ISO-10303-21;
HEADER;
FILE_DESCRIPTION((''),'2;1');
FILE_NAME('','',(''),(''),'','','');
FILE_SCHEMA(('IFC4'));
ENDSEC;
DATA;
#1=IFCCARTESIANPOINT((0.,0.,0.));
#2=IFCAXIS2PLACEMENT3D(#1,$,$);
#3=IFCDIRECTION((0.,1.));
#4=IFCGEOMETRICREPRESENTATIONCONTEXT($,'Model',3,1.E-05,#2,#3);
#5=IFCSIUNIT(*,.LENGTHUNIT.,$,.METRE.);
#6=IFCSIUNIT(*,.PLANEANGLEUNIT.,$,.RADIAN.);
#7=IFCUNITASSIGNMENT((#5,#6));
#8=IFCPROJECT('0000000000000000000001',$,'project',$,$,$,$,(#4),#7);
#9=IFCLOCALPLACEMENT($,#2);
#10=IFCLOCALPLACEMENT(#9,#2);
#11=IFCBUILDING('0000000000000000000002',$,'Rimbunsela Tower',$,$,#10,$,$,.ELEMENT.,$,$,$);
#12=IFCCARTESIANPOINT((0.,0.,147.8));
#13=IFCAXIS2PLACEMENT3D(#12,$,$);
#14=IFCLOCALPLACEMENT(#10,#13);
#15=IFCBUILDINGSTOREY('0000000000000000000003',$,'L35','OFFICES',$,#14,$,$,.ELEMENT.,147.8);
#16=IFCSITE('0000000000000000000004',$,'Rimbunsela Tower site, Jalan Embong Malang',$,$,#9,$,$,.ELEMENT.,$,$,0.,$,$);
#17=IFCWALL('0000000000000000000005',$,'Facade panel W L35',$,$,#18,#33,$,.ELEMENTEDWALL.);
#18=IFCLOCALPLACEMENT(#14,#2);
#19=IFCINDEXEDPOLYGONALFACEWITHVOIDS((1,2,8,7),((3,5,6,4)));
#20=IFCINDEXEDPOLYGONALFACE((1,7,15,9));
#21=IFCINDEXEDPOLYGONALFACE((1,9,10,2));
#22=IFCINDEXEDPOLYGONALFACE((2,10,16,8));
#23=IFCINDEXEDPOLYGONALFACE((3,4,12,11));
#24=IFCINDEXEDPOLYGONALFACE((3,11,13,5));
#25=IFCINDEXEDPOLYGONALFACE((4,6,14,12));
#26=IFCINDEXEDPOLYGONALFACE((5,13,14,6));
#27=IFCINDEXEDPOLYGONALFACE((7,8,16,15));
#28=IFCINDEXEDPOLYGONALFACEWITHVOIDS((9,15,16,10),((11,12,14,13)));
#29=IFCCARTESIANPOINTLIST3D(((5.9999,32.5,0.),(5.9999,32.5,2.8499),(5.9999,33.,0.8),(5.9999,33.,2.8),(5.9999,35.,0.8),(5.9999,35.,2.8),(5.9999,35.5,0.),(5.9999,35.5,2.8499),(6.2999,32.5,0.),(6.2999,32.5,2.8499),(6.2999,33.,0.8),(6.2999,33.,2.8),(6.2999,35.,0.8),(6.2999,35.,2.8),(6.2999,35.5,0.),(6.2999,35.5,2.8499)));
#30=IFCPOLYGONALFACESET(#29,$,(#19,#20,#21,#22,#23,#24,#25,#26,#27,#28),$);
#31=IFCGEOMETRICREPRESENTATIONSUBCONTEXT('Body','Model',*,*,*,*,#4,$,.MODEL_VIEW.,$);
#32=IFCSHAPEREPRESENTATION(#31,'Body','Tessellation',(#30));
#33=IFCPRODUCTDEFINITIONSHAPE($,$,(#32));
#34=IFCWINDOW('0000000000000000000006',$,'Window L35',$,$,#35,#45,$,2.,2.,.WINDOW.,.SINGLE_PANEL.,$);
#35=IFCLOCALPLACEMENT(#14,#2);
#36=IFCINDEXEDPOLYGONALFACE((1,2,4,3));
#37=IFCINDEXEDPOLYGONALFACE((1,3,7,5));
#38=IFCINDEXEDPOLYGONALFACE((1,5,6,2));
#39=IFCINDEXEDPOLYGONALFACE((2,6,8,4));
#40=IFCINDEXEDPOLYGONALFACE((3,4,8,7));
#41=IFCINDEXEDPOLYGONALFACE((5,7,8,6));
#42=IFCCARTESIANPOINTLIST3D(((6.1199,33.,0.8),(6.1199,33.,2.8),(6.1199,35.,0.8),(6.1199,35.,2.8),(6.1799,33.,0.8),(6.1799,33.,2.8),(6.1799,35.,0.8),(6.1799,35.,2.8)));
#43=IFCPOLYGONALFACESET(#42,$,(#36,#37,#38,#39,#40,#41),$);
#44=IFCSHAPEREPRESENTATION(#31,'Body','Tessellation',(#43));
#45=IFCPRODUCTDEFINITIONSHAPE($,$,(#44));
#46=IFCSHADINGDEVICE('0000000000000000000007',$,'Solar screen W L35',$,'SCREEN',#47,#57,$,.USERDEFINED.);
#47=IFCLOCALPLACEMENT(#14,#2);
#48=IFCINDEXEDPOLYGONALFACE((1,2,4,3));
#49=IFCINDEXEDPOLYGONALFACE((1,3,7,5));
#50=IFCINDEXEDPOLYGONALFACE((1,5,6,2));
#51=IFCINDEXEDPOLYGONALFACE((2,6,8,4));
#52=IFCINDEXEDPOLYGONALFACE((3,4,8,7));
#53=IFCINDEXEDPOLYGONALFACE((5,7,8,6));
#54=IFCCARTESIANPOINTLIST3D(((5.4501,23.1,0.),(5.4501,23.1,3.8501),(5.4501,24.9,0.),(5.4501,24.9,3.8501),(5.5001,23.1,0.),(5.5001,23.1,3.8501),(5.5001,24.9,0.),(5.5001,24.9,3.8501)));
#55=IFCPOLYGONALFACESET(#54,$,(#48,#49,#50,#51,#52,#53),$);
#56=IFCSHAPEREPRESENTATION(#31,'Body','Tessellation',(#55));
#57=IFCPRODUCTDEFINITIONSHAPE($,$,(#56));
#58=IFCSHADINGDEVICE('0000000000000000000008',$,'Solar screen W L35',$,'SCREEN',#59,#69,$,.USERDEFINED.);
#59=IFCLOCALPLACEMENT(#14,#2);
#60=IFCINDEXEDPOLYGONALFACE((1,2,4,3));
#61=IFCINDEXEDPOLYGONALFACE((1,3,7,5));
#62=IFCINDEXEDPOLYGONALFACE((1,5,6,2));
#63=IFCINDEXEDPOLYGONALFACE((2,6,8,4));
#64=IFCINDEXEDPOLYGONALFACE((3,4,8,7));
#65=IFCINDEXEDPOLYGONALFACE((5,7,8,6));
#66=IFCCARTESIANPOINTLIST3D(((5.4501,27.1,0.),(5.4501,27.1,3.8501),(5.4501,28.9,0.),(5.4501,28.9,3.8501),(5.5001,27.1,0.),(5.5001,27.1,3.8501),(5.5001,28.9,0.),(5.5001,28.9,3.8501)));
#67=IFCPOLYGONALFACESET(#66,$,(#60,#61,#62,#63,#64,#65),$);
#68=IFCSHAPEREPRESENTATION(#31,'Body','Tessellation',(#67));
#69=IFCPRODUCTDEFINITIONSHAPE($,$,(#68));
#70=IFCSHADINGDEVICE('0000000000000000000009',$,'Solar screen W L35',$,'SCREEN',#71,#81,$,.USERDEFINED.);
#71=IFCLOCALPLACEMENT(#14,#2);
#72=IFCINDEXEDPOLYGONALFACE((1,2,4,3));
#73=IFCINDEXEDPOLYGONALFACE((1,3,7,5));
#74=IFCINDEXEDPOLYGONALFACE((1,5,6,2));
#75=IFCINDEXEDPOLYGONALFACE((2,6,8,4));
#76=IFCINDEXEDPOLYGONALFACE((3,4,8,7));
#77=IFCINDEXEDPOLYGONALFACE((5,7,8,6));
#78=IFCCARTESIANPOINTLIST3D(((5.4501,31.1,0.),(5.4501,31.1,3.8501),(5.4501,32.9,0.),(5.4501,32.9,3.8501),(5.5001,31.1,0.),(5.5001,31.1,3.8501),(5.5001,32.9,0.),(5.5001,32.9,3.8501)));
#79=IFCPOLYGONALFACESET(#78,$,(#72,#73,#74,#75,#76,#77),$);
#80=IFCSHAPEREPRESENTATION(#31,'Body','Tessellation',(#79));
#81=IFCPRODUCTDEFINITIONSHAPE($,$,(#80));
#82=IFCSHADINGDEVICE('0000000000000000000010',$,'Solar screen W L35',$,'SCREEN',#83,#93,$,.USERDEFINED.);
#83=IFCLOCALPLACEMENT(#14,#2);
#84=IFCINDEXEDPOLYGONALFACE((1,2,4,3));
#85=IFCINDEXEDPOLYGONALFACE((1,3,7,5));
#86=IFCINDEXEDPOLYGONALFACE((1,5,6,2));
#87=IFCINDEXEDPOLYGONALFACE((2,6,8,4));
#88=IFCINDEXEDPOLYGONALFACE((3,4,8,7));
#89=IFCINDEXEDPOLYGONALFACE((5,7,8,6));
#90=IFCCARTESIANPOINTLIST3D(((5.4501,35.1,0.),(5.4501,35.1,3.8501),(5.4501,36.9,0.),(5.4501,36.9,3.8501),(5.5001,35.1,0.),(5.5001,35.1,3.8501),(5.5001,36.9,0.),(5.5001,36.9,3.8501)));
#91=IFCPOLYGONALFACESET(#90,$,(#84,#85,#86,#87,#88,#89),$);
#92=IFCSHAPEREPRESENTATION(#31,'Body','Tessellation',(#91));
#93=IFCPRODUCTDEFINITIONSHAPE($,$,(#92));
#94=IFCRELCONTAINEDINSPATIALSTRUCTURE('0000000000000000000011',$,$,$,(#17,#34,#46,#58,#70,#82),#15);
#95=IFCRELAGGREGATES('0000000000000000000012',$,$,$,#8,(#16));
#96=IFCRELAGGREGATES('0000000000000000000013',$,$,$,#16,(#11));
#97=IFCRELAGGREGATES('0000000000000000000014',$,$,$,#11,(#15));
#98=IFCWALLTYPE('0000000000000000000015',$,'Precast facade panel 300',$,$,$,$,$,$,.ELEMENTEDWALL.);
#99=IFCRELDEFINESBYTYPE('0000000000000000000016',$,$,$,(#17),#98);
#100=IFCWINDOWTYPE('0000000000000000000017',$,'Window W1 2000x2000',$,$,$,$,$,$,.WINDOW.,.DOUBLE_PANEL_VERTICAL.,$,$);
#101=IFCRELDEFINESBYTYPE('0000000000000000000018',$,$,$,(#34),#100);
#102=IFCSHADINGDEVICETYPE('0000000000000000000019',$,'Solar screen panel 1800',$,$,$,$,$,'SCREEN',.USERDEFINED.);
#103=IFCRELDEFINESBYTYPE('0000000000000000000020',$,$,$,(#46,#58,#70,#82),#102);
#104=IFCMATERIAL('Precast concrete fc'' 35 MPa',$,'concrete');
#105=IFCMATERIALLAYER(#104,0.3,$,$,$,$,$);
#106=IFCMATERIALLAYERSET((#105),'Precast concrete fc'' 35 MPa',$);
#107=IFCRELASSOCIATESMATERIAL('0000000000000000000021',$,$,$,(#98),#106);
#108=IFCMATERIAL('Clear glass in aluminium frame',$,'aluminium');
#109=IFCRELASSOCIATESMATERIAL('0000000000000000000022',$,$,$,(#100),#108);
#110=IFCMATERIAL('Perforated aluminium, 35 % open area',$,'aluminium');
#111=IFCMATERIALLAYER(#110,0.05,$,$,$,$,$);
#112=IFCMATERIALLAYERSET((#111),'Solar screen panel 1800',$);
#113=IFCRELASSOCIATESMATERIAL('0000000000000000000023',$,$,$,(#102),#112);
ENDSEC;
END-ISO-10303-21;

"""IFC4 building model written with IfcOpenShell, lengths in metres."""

from ifc_helpers import new_model, si_unit, direction, frame, frame_2d, origin, origin_2d, place, context, subcontext, project, spatial, rectangle, extrude, material, layer, layer_set, type_object, element, fill, save


model = new_model("IFC4")

# Units and contexts
model_context = context("Model", 3, precision=1e-05, world=origin(), true_north=direction((0.0, 1.0)))
body_context = subcontext(model_context, "Body", "Model", "MODEL_VIEW")
ifc_project = project(units=[si_unit("LENGTHUNIT", "METRE"), si_unit("PLANEANGLEUNIT", "RADIAN")], contexts=[model_context])

# Site, building, storey
site_placement = place(None, origin())
site = spatial("IfcSite", under=ifc_project, at=site_placement, Name="Rimbunsela Tower site, Jalan Embong Malang", CompositionType="ELEMENT", RefElevation=0.0)
building_placement = place(site_placement, origin())
building = spatial("IfcBuilding", under=site, at=building_placement, Name="Rimbunsela Tower", CompositionType="ELEMENT")
storey_placement = place(building_placement, frame((0.0, 0.0, 147.8)))
storey = spatial("IfcBuildingStorey", under=building, at=storey_placement, Name="L35", Description="OFFICES", CompositionType="ELEMENT", Elevation=147.8)

# Wall, opening, window
ifc_material_1 = material(Name="Precast concrete fc' 35 MPa", Category="concrete")
ifc_layer_1 = layer(ifc_material_1, 0.3)
ifc_layer_set_1 = layer_set([ifc_layer_1], Name="Precast concrete fc' 35 MPa")
wall_type = type_object("IfcWallType", Name="Precast facade panel 300", PredefinedType="ELEMENTEDWALL", material=ifc_layer_set_1)
ifc_material_2 = material(Name="Clear glass in aluminium frame", Category="aluminium")
window_type = type_object("IfcWindowType", Name="Window W1 2000x2000", PartitioningType="DOUBLE_PANEL_VERTICAL", PredefinedType="WINDOW", material=ifc_material_2)
wall_1_placement = place(storey_placement, frame((6.1499, 35.5, 0.0), z_axis=(0.0, 0.0, 1.0), x_axis=(0.0, -1.0, 0.0)))
wall_1 = element("IfcWall", 1, at=wall_1_placement, inside=storey, type_object=wall_type, Name="Facade panel W L35", PredefinedType="ELEMENTEDWALL", context=body_context, shape_type="SweptSolid", body=[
    extrude(rectangle(XDim=3.0, YDim=0.3, at=frame_2d((1.5, 0.0))), origin(), (0.0, 0.0, 1.0), 2.8499),
])
opening_1_placement = place(wall_1_placement, frame((0.5, 0.0, 0.8)))
opening_1 = element("IfcOpeningElement", 2, at=opening_1_placement, cuts=wall_1, PredefinedType="OPENING", context=body_context, shape_type="SweptSolid", body=[
    extrude(rectangle(XDim=2.0, YDim=2.0, at=frame_2d((1.0, 1.0))), frame((0.0, 0.1599, 0.0), z_axis=(0.0, -1.0, 0.0), x_axis=(1.0, 0.0, 0.0)), (0.0, 0.0, 1.0), 0.3201),
])
window_1_placement = place(opening_1_placement, origin())
window_1 = element("IfcWindow", 3, at=window_1_placement, inside=storey, type_object=window_type, Name="Window L35", OverallHeight=2.0, OverallWidth=2.0, PartitioningType="SINGLE_PANEL", PredefinedType="WINDOW", context=body_context, shape_type="SweptSolid", body=[
    extrude(rectangle(XDim=2.0, YDim=2.0, at=frame_2d((1.0, 1.0))), frame((0.0, 0.03, 0.0), z_axis=(0.0, -1.0, 0.0), x_axis=(1.0, 0.0, 0.0)), (0.0, 0.0, 1.0), 0.0601),
])
fill(opening_1, window_1)

# Shading devices
ifc_material_3 = material(Name="Perforated aluminium, 35 % open area", Category="aluminium")
ifc_layer_2 = layer(ifc_material_3, 0.05)
ifc_layer_set_2 = layer_set([ifc_layer_2], Name="Solar screen panel 1800")
shading_device_type = type_object("IfcShadingDeviceType", Name="Solar screen panel 1800", ElementType="SCREEN", PredefinedType="USERDEFINED", material=ifc_layer_set_2)
for number, where, z_axis, x_axis, name in (
    (4, (5.4751, 24.0, 0.0), (0.0, 0.0, 1.0), (0.0, 1.0, 0.0), "Solar screen W L35"),
    (5, (5.4751, 28.0, 0.0), (0.0, 0.0, 1.0), (0.0, 1.0, 0.0), "Solar screen W L35"),
    (6, (5.4751, 32.0, 0.0), (0.0, 0.0, 1.0), (0.0, 1.0, 0.0), "Solar screen W L35"),
    (7, (5.4751, 36.0, 0.0), (0.0, 0.0, 1.0), (0.0, 1.0, 0.0), "Solar screen W L35"),
):
    element("IfcShadingDevice", number, at=place(storey_placement, frame(where, z_axis=z_axis, x_axis=x_axis)), inside=storey, type_object=shading_device_type, Name=name, ObjectType="SCREEN", PredefinedType="USERDEFINED", context=body_context, shape_type="SweptSolid", body=[
        extrude(rectangle(XDim=1.8, YDim=0.05, at=origin_2d()), origin(), (0.0, 0.0, 1.0), 3.8501),
    ])

save(model, "model.ifc")
